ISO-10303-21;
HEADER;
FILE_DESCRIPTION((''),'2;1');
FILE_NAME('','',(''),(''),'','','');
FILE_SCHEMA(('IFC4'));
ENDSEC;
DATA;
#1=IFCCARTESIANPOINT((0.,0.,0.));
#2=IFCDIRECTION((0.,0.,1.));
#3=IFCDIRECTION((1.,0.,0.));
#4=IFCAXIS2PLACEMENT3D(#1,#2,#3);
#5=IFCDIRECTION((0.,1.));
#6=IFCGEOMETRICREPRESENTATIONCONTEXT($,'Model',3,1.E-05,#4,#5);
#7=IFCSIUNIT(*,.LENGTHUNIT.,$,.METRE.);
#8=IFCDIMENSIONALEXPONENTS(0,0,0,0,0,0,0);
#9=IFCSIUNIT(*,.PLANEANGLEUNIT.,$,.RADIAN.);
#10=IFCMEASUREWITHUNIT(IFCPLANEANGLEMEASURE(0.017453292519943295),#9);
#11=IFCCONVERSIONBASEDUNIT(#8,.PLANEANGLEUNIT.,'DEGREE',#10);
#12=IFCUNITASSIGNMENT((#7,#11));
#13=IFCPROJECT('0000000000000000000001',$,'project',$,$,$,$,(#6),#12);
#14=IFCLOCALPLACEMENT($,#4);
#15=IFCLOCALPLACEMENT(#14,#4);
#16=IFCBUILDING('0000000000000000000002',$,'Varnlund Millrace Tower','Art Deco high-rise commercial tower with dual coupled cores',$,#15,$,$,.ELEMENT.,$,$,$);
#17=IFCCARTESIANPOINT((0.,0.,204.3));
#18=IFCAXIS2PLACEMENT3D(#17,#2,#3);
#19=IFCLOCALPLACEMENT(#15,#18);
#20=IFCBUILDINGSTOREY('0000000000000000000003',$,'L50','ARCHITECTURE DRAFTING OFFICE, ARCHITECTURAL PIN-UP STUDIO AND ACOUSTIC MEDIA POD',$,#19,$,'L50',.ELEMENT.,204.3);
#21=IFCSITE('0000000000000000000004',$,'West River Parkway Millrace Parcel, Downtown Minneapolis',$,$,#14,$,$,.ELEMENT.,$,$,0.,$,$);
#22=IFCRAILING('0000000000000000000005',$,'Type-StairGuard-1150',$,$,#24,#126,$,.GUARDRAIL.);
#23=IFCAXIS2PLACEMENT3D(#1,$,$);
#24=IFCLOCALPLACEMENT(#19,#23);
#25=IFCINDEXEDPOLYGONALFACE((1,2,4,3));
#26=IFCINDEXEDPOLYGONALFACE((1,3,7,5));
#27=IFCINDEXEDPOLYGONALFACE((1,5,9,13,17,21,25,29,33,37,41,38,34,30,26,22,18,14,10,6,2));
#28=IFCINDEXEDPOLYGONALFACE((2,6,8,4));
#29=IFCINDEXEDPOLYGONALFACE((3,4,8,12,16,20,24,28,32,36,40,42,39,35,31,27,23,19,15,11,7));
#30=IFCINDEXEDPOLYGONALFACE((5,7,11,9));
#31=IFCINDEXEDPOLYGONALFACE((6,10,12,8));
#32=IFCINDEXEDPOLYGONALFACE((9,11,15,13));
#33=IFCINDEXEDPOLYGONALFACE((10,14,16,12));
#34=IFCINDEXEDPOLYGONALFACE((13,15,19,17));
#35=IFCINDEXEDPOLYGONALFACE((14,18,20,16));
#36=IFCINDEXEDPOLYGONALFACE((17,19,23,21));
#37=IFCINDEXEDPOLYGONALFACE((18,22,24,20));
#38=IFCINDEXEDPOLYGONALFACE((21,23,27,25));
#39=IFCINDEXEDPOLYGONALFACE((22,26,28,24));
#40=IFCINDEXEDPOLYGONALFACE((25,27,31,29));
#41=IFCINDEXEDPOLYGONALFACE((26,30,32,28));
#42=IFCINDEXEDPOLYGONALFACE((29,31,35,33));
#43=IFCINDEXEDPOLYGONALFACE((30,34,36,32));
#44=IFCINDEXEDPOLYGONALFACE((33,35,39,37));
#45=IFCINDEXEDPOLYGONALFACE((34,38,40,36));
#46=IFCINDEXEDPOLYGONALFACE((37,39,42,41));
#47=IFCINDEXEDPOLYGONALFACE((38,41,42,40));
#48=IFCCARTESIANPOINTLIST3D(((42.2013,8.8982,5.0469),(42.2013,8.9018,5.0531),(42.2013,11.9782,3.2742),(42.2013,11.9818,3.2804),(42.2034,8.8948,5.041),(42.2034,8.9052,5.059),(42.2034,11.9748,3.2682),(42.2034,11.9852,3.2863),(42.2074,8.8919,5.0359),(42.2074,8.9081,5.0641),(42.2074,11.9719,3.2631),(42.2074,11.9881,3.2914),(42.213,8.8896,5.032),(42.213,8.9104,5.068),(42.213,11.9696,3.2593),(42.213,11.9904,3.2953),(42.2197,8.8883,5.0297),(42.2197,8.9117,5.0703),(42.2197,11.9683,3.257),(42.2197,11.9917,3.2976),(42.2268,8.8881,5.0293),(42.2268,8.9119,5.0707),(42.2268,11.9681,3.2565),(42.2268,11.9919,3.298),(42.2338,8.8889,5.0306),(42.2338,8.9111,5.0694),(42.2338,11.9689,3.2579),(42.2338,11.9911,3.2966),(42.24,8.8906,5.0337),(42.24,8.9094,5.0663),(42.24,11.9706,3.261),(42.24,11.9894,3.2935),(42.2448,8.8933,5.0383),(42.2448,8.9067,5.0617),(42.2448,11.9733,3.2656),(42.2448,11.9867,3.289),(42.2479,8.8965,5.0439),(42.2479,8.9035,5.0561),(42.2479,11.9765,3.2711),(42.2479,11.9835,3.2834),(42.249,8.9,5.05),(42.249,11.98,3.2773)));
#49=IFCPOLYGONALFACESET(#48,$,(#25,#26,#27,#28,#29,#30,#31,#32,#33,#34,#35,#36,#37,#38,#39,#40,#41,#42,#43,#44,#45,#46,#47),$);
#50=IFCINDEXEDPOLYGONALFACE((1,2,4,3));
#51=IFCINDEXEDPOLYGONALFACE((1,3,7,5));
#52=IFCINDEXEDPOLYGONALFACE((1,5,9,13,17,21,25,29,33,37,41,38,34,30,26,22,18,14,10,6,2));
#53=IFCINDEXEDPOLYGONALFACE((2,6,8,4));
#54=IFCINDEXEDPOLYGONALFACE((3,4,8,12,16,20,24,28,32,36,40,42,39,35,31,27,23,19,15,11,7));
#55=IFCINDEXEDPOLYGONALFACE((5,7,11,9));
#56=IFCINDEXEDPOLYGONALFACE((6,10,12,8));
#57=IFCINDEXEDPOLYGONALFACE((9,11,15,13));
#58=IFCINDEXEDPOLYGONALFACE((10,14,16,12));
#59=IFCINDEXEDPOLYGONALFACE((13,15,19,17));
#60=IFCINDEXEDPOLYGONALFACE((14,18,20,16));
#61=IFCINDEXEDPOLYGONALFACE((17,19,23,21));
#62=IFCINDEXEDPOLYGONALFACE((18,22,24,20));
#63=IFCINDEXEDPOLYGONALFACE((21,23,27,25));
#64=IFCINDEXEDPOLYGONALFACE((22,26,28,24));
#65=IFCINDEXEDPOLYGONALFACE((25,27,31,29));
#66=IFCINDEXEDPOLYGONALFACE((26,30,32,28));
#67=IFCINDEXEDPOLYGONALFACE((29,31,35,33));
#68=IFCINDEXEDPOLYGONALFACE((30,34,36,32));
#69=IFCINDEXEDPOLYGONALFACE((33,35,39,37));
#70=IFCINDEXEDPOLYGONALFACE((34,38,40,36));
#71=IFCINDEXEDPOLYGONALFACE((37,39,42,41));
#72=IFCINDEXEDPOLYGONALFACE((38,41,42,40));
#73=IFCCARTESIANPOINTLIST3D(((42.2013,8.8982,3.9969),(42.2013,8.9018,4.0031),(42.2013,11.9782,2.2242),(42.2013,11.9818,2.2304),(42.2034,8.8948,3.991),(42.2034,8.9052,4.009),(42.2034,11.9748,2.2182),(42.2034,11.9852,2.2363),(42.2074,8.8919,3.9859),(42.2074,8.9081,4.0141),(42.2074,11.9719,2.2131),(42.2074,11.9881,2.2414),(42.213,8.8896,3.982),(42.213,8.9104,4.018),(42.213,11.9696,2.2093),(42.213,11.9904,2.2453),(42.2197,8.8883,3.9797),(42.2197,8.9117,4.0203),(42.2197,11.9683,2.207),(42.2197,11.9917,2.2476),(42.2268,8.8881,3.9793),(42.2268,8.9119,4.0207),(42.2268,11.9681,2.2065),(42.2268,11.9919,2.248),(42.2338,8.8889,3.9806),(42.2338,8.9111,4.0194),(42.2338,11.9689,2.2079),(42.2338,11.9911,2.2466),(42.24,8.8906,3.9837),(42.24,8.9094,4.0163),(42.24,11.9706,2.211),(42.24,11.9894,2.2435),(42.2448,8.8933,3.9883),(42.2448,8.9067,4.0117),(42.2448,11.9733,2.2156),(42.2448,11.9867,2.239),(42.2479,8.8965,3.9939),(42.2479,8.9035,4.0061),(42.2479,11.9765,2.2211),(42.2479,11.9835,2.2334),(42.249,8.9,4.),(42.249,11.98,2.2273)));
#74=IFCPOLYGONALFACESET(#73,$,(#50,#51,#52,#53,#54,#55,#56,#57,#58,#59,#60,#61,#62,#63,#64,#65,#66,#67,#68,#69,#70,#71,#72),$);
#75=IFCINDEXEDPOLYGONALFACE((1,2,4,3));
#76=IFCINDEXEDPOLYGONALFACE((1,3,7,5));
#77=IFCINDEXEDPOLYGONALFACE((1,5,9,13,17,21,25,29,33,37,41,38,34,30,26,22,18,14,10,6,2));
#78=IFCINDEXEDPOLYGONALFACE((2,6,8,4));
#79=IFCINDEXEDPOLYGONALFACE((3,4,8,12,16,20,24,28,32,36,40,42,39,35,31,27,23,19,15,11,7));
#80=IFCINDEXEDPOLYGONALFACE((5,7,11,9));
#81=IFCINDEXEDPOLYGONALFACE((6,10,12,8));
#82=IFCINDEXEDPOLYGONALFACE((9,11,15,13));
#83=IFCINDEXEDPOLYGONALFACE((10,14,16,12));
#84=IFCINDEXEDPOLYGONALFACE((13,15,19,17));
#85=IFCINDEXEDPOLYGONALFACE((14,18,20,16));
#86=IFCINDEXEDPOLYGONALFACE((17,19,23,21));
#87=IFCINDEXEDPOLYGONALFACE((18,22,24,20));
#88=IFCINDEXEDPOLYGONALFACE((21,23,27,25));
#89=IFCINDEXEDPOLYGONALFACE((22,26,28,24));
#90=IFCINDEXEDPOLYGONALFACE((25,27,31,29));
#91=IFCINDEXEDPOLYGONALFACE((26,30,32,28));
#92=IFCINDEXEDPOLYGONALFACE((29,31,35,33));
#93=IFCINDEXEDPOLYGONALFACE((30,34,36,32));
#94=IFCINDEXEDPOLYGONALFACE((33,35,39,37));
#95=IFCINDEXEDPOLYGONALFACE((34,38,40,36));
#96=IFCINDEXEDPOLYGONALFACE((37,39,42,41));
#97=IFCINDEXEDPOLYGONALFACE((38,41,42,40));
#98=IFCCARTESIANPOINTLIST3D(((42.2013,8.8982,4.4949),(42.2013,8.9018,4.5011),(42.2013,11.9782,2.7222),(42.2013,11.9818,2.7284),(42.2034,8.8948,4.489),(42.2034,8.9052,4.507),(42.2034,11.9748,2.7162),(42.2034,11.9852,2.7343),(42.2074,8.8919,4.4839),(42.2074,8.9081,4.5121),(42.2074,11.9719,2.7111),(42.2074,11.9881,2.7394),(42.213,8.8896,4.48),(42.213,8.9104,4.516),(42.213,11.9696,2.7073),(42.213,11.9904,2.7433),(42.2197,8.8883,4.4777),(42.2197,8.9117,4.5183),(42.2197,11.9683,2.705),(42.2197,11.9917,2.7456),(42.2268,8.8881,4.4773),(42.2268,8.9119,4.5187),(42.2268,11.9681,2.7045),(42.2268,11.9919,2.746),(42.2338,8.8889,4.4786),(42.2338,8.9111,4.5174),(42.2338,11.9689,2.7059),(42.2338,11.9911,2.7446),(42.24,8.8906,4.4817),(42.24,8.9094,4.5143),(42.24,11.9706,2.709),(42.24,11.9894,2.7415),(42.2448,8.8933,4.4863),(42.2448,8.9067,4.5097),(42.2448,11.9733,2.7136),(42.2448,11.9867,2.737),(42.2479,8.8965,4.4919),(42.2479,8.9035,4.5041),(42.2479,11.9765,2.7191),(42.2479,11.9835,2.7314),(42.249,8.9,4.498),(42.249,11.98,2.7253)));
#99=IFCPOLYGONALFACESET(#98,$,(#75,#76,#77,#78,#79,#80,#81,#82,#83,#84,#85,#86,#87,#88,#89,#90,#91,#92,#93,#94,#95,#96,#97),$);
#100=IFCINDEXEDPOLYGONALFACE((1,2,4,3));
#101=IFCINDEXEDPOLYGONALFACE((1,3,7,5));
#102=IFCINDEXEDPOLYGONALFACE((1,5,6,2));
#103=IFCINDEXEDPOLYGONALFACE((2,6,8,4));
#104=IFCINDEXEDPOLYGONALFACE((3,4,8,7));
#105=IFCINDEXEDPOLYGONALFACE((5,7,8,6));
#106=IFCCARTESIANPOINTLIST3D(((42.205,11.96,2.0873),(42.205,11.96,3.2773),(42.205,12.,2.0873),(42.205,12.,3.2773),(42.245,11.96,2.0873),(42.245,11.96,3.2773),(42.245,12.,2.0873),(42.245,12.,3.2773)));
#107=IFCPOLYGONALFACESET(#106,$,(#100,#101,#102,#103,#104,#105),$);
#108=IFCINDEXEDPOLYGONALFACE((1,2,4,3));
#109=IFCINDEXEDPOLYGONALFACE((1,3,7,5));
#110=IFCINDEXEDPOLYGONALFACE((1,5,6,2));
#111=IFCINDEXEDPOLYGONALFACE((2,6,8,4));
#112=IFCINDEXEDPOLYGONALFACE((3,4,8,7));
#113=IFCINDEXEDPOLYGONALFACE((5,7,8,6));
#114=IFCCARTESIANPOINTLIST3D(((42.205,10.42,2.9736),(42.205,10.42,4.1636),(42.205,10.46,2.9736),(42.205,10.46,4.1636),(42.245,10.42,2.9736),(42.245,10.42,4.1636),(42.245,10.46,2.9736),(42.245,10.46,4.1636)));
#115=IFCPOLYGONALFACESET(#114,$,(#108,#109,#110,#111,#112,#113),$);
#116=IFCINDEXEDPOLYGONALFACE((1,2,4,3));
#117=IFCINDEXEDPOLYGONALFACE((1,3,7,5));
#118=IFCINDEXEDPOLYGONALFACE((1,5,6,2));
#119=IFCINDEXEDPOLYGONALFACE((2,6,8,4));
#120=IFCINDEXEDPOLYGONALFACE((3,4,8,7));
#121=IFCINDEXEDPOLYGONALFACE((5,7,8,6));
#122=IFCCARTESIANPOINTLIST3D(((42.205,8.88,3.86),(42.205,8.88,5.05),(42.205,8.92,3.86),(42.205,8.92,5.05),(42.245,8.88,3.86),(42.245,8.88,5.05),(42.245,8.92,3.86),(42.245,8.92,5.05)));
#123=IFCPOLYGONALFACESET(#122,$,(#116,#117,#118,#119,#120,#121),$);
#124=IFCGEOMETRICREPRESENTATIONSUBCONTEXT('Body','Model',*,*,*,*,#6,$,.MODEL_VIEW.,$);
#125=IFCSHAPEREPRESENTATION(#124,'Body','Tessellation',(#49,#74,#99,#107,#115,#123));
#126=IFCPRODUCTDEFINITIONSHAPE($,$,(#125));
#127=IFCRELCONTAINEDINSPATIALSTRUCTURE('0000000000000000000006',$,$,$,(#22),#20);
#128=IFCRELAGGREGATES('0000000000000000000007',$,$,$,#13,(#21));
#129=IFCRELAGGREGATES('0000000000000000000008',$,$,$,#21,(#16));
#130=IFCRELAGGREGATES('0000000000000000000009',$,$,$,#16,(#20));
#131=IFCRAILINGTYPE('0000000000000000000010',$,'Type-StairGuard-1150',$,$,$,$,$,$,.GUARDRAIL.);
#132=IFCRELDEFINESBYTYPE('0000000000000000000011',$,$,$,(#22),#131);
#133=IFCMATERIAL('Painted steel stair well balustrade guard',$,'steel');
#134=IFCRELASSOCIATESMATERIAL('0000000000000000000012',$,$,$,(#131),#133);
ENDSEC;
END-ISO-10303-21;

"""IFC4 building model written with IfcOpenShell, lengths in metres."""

from ifc_helpers import new_model, entity, si_unit, converted_unit, direction, frame, origin_with_axes, origin_2d_with_axis, place, context, subcontext, project, spatial, rectangle, circle, extrude, material, type_object, element, save


model = new_model("IFC4")

# Units and contexts
model_context = context("Model", 3, precision=1e-05, world=origin_with_axes(), true_north=direction((0.0, 1.0)))
body_context = subcontext(model_context, "Body", "Model", "MODEL_VIEW")
ifc_project = project(units=[si_unit("LENGTHUNIT", "METRE"), converted_unit("PLANEANGLEUNIT", "DEGREE", entity("IfcPlaneAngleMeasure", 0.017453292519943295), si_unit("PLANEANGLEUNIT", "RADIAN"), dimensions=[0, 0, 0, 0, 0, 0, 0])], contexts=[model_context])

# Site, building, storey
site_placement = place(None, origin_with_axes())
site = spatial("IfcSite", under=ifc_project, at=site_placement, Name="West River Parkway Millrace Parcel, Downtown Minneapolis", CompositionType="ELEMENT", RefElevation=0.0)
building_placement = place(site_placement, origin_with_axes())
building = spatial("IfcBuilding", under=site, at=building_placement, Name="Varnlund Millrace Tower", Description="Art Deco high-rise commercial tower with dual coupled cores", CompositionType="ELEMENT")
storey_placement = place(building_placement, frame((0.0, 0.0, 204.3), z_axis=(0.0, 0.0, 1.0), x_axis=(1.0, 0.0, 0.0)))
storey = spatial("IfcBuildingStorey", under=building, at=storey_placement, Name="L50", Description="ARCHITECTURE DRAFTING OFFICE, ARCHITECTURAL PIN-UP STUDIO AND ACOUSTIC MEDIA POD", LongName="L50", CompositionType="ELEMENT", Elevation=204.3)

# Railing
ifc_material_1 = material(Name="Painted steel stair well balustrade guard", Category="steel")
railing_type_1 = type_object("IfcRailingType", Name="Type-StairGuard-1150", PredefinedType="GUARDRAIL", material=ifc_material_1)
railing_1_placement = place(storey_placement, frame((0.0, 0.0, -204.3), z_axis=(0.0, 0.0, 1.0), x_axis=(1.0, 0.0, 0.0)))
element("IfcRailing", 1, at=railing_1_placement, inside=storey, type_object=railing_type_1, Name="Type-StairGuard-1150", PredefinedType="GUARDRAIL", context=body_context, shape_type="SweptSolid", body=[
    extrude(circle(Radius=0.024, at=origin_2d_with_axis()), frame((42.225, 11.98, 207.5773), z_axis=(0.0, -0.866696, 0.498836), x_axis=(1.0, 0.0, 0.0)), (0.0, 0.0, 1.0), 3.5537),
    extrude(circle(Radius=0.024, at=origin_2d_with_axis()), frame((42.225, 11.98, 206.5273), z_axis=(0.0, -0.866696, 0.498836), x_axis=(1.0, 0.0, 0.0)), (0.0, 0.0, 1.0), 3.5537),
    extrude(circle(Radius=0.024, at=origin_2d_with_axis()), frame((42.225, 11.98, 207.0253), z_axis=(0.0, -0.866696, 0.498836), x_axis=(1.0, 0.0, 0.0)), (0.0, 0.0, 1.0), 3.5537),
    extrude(rectangle(XDim=0.04, YDim=0.04, at=origin_2d_with_axis()), frame((42.225, 11.98, 206.3873), z_axis=(0.0, 0.0, 1.0), x_axis=(1.0, 0.0, 0.0)), (0.0, 0.0, 1.0), 1.19),
    extrude(rectangle(XDim=0.04, YDim=0.04, at=origin_2d_with_axis()), frame((42.225, 10.44, 207.2736), z_axis=(0.0, 0.0, 1.0), x_axis=(1.0, 0.0, 0.0)), (0.0, 0.0, 1.0), 1.19),
    extrude(rectangle(XDim=0.04, YDim=0.04, at=origin_2d_with_axis()), frame((42.225, 8.9, 208.16), z_axis=(0.0, 0.0, 1.0), x_axis=(1.0, 0.0, 0.0)), (0.0, 0.0, 1.0), 1.19),
])

save(model, "model.ifc")
